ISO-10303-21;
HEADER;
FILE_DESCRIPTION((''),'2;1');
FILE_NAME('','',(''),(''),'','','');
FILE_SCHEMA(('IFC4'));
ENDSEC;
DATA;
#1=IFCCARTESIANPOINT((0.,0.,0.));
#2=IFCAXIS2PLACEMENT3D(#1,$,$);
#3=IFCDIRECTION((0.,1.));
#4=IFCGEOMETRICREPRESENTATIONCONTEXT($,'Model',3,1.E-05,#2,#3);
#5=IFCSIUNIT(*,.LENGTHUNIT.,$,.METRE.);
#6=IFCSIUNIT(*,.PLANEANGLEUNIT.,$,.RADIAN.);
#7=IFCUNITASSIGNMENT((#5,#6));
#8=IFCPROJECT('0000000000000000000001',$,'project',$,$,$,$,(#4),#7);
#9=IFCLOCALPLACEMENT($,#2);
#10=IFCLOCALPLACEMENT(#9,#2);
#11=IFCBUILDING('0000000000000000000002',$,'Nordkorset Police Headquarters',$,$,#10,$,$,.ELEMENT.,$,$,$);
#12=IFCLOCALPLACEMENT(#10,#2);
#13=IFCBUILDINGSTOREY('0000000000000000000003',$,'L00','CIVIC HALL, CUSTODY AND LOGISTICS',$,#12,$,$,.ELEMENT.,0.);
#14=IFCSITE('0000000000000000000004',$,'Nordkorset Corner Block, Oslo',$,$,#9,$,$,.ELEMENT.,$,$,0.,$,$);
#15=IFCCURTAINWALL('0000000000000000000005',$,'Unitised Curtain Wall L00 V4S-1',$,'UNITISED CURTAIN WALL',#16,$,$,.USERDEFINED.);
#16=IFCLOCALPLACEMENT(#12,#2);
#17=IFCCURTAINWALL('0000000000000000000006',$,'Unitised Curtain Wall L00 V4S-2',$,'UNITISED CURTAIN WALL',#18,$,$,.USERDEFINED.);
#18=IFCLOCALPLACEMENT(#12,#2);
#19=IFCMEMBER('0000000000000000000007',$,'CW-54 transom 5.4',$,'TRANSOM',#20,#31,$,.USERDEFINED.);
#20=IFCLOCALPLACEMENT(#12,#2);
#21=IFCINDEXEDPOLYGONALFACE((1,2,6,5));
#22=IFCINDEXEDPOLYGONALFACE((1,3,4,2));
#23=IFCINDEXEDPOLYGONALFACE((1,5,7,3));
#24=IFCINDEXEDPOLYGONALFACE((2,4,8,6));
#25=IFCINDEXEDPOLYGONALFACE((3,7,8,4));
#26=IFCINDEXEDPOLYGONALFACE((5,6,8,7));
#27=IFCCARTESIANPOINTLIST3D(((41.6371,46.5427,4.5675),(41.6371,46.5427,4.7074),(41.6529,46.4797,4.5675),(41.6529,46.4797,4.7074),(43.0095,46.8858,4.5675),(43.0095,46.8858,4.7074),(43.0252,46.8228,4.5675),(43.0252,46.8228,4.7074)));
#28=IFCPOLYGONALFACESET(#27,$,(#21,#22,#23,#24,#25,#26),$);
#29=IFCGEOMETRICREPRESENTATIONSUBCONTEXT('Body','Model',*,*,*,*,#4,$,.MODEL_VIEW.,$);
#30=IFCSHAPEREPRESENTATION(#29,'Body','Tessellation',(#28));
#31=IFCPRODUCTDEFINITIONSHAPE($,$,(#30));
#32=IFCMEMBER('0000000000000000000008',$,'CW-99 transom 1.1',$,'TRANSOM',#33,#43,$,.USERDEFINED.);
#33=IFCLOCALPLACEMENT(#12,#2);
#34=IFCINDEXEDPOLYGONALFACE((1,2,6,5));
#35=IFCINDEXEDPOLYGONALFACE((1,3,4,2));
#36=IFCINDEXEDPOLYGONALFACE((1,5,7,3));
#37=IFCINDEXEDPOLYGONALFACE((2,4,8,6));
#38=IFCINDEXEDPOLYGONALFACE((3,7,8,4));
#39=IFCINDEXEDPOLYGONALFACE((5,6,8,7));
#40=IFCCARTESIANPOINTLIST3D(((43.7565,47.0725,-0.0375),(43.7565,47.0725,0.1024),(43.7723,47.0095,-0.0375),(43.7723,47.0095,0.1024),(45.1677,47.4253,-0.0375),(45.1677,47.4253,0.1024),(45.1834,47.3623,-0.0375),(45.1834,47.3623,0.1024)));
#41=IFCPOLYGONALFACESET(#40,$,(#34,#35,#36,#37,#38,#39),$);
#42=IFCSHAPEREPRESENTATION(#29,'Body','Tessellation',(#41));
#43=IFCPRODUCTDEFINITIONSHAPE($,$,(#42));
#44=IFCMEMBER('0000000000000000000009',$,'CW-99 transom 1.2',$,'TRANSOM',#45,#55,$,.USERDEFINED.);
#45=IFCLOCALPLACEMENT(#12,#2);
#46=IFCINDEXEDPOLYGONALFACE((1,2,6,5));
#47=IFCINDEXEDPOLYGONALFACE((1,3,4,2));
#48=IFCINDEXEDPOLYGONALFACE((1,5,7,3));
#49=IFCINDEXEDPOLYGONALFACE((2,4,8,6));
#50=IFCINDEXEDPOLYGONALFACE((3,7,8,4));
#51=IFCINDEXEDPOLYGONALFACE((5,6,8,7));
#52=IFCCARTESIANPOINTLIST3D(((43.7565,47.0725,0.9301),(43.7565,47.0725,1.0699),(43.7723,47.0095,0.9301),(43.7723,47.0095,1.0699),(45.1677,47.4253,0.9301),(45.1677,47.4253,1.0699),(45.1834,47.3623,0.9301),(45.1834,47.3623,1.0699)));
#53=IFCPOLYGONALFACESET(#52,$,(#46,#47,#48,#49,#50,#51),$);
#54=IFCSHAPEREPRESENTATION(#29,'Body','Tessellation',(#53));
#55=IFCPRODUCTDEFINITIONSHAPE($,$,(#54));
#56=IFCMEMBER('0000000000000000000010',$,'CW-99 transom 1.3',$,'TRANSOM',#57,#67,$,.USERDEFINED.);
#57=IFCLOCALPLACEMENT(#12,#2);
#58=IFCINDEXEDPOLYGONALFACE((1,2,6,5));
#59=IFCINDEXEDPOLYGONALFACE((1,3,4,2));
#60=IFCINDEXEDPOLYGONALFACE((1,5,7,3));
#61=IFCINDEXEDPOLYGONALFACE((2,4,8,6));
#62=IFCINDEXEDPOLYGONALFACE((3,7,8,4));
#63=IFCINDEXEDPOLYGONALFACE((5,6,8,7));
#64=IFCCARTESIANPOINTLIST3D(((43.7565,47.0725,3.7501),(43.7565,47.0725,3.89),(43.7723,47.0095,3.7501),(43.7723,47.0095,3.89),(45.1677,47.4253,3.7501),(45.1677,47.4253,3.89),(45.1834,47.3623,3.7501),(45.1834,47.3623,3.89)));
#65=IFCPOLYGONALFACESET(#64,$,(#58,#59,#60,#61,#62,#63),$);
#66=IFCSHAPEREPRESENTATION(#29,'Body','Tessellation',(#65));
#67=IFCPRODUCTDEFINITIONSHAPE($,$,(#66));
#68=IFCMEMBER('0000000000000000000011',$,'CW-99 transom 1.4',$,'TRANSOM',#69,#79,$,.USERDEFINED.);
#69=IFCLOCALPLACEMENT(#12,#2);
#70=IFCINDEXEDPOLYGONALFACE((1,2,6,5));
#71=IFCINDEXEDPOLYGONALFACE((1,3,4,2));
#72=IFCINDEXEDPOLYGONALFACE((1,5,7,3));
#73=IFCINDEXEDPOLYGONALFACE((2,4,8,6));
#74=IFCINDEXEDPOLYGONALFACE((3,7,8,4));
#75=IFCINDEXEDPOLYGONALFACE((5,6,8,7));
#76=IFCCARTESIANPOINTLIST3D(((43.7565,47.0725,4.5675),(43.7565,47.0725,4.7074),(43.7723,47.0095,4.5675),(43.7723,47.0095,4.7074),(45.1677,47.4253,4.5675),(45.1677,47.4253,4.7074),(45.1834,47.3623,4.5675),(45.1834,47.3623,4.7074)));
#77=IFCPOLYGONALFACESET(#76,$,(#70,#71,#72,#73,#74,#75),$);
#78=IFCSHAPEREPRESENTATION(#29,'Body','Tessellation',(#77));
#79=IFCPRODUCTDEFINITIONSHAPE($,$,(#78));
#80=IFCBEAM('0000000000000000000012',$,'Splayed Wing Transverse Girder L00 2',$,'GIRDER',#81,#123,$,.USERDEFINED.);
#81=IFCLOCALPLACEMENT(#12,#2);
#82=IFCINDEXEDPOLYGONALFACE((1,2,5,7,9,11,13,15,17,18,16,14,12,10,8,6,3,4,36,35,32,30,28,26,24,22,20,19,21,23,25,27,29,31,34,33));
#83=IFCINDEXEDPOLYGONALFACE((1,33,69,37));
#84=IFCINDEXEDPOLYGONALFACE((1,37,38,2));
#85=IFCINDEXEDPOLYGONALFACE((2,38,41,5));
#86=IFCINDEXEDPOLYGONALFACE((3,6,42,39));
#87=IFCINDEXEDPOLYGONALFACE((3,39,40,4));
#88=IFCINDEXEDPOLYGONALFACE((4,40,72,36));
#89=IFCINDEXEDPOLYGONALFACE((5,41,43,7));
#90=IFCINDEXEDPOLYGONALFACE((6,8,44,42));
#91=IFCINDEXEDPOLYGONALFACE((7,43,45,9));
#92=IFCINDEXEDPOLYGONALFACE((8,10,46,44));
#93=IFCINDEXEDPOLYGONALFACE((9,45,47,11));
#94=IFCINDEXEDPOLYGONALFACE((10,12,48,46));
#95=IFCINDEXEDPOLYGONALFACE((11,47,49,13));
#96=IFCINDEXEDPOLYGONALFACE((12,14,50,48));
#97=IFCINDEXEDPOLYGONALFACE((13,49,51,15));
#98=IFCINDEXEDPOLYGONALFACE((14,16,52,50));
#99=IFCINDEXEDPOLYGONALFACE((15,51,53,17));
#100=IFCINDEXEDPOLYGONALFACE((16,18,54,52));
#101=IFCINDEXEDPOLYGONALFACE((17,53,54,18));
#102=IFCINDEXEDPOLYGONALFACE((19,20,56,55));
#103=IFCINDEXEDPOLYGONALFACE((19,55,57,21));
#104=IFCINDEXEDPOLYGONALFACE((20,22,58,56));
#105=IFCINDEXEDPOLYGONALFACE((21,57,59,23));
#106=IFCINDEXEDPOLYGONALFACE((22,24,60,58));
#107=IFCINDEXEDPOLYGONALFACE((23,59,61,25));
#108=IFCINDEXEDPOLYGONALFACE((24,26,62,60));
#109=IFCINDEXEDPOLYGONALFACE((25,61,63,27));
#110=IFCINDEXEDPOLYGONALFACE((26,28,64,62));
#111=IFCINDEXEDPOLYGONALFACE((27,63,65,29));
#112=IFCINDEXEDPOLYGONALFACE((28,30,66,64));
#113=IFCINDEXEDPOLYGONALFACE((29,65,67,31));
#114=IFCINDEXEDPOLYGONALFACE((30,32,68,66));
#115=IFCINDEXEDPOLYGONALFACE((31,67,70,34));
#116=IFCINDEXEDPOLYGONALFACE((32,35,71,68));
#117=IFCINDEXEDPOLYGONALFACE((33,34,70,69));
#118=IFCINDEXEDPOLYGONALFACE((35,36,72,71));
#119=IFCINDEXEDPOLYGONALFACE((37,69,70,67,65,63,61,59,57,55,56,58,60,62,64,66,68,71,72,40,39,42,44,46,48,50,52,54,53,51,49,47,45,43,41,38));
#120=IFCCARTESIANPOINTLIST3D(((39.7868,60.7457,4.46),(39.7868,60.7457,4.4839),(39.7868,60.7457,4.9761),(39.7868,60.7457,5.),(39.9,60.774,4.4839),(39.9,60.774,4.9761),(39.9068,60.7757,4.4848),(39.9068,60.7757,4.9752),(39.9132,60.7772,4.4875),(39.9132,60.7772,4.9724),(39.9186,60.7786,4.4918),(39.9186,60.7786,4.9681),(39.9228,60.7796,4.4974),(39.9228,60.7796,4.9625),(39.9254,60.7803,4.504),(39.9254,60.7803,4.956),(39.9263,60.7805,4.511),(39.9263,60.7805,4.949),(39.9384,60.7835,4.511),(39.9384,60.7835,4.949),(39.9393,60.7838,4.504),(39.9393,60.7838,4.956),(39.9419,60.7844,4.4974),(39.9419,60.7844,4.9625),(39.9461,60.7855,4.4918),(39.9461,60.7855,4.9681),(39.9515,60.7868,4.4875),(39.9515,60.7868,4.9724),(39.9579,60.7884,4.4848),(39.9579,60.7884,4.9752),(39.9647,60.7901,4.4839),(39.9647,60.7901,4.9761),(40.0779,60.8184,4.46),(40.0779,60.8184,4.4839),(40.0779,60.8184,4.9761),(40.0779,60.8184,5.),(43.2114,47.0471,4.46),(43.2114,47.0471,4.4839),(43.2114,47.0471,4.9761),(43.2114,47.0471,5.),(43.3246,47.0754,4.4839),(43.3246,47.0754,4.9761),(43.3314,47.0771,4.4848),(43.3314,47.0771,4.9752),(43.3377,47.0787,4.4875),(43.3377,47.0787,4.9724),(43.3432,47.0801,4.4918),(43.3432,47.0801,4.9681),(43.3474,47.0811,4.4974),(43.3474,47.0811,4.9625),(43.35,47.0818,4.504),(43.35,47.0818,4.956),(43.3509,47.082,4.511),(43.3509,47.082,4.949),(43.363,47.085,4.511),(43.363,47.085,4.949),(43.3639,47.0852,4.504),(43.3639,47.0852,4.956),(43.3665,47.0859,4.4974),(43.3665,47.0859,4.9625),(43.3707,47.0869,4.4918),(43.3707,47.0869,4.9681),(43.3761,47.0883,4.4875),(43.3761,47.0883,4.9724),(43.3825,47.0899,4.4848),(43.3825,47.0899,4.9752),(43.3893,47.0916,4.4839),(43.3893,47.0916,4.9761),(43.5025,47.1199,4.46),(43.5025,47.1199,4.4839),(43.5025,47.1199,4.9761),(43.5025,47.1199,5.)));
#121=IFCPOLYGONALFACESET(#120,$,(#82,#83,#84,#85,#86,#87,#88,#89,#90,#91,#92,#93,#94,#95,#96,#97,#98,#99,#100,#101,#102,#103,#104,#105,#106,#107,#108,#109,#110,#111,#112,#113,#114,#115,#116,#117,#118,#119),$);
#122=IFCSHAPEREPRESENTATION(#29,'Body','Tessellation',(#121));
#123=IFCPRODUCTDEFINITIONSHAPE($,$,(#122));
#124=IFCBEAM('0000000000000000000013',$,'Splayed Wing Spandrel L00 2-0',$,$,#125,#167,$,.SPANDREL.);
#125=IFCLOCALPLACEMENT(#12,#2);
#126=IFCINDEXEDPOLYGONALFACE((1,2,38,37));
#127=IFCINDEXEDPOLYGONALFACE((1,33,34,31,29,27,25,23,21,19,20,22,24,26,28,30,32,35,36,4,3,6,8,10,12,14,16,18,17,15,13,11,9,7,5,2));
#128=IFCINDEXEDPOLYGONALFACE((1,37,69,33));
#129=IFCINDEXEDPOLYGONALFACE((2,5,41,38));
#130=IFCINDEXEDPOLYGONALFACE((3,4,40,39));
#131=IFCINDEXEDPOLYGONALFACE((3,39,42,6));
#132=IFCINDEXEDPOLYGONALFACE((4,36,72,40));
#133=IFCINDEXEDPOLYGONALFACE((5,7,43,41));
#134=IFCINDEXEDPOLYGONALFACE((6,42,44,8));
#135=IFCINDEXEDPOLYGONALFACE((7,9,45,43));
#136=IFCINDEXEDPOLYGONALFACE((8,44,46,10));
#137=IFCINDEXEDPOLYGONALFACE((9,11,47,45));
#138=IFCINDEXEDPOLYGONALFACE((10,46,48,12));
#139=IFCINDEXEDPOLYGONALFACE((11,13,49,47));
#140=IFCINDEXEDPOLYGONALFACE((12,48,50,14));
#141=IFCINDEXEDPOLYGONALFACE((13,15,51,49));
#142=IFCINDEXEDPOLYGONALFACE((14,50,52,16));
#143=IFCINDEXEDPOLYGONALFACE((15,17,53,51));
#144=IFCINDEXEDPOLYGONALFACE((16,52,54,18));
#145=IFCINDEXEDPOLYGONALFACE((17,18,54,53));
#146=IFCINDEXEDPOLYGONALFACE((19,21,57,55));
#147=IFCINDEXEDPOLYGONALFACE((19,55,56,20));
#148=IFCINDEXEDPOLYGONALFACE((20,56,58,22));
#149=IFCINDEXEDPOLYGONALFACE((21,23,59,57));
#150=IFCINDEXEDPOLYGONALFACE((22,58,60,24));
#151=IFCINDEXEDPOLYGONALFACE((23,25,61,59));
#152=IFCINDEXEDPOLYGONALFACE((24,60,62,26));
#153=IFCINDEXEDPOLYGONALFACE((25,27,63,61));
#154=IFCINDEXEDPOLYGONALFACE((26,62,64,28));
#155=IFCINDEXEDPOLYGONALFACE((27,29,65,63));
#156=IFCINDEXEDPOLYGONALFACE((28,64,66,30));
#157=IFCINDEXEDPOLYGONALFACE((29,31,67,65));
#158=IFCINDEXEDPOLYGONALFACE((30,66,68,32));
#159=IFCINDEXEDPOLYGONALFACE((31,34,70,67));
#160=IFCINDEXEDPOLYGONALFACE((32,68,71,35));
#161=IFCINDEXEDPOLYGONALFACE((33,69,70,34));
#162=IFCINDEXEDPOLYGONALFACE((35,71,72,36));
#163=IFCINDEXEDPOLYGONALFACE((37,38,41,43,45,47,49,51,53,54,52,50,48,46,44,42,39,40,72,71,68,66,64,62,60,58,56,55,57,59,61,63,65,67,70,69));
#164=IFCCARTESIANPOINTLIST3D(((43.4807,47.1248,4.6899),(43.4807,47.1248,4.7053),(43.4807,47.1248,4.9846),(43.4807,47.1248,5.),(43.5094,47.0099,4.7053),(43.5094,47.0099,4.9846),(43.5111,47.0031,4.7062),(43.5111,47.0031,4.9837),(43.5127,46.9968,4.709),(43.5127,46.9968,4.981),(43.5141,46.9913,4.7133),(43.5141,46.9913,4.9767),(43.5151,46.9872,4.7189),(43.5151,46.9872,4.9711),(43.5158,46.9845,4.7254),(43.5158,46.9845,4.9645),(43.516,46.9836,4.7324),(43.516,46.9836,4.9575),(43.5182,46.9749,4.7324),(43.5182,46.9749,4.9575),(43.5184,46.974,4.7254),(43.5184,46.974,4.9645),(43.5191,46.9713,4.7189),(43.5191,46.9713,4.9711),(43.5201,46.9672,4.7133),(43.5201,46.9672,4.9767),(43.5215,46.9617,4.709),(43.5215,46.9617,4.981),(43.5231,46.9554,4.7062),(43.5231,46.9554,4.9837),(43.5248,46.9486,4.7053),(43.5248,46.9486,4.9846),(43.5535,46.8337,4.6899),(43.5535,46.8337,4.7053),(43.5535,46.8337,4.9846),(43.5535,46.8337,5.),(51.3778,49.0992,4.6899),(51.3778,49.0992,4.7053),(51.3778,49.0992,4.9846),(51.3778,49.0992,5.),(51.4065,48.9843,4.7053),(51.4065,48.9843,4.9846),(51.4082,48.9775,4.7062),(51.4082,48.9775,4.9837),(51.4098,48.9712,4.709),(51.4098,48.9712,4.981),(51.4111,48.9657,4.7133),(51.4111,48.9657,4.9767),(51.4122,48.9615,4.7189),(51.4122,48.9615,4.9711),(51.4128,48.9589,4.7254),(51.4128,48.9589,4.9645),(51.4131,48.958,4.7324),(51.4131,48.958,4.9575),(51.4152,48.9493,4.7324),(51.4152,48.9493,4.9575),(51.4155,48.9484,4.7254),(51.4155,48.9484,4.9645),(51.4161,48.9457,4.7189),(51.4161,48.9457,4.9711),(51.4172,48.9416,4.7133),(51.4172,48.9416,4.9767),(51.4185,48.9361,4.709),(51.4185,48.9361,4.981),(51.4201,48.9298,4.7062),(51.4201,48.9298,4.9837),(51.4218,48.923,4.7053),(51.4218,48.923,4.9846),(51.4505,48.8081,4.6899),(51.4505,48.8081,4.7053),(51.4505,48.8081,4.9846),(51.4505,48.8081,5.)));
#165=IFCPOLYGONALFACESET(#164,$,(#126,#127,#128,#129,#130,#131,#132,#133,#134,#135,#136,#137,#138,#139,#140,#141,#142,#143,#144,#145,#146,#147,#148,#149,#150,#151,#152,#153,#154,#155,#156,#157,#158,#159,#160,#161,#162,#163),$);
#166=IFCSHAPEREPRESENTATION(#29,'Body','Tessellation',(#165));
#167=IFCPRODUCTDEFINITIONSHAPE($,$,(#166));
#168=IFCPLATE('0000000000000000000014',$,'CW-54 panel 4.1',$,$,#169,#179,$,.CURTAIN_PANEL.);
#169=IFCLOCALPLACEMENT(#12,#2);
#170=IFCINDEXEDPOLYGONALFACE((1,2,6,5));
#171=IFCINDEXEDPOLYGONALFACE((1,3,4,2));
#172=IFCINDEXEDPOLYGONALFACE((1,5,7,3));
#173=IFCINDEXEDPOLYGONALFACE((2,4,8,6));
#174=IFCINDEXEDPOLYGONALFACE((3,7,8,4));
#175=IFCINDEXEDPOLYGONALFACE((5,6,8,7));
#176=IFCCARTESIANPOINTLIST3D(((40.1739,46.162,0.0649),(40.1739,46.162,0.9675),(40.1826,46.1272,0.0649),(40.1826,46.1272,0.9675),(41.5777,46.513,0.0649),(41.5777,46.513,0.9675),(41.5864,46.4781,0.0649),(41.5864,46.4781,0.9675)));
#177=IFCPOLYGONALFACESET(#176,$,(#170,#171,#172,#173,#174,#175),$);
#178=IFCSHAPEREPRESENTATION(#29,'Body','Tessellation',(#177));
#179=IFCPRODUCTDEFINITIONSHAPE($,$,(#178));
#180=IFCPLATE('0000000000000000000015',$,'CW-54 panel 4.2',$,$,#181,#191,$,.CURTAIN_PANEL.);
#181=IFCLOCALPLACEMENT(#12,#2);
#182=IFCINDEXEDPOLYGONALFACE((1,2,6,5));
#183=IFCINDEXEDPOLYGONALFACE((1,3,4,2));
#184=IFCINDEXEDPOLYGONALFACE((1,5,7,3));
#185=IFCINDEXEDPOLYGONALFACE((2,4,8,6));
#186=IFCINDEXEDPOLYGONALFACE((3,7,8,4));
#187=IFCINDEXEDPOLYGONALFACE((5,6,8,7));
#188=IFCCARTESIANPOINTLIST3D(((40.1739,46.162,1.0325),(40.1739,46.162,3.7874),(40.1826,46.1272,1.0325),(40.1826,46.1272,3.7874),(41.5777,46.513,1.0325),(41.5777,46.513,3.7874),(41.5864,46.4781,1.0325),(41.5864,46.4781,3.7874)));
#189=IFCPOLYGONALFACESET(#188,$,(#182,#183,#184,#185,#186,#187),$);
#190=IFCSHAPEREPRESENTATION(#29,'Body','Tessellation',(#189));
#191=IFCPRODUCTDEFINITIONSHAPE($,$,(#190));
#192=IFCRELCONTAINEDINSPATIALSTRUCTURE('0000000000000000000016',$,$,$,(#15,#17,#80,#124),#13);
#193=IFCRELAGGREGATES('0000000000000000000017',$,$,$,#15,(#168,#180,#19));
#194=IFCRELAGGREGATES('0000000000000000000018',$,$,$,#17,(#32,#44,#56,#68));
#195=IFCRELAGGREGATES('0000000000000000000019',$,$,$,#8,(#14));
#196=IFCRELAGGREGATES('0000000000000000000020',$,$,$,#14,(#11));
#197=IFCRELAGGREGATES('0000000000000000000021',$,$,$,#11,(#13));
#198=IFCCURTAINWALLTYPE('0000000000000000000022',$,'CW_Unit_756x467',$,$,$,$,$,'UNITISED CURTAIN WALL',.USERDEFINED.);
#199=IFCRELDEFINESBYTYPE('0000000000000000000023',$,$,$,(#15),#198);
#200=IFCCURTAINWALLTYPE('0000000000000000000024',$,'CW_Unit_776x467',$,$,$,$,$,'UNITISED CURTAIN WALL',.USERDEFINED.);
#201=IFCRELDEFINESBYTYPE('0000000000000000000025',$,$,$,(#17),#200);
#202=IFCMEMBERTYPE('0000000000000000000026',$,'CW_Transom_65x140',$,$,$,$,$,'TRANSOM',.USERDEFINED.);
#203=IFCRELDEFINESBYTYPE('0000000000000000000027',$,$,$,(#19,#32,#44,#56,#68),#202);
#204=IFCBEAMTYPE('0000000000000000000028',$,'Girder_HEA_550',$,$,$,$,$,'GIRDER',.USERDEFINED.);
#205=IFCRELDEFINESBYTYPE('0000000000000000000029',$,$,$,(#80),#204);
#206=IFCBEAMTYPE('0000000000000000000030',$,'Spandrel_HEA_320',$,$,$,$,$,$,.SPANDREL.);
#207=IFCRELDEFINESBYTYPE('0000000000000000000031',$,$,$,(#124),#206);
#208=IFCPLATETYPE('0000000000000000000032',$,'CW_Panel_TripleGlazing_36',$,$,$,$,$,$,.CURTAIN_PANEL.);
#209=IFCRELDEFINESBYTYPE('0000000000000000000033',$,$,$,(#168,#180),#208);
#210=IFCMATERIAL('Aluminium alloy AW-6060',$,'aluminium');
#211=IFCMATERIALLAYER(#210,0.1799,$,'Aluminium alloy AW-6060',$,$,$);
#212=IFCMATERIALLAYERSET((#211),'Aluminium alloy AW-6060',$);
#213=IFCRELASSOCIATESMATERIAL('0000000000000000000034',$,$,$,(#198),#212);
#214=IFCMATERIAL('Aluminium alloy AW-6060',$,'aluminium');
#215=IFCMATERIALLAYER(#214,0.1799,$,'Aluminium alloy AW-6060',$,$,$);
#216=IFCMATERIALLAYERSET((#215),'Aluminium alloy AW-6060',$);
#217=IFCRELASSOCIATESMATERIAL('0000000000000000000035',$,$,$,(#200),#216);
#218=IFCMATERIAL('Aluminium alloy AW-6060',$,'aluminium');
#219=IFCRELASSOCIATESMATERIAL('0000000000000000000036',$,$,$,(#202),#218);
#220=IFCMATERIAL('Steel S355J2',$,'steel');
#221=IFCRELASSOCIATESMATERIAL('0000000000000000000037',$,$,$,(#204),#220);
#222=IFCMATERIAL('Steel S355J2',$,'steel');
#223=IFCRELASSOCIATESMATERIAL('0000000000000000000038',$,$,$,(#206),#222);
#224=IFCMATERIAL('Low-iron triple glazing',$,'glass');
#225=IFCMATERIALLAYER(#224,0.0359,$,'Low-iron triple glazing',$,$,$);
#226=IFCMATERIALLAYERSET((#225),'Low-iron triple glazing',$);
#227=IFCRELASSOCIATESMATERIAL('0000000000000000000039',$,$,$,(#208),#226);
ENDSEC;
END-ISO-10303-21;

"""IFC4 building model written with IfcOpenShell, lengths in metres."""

from ifc_helpers import new_model, si_unit, direction, frame, origin, origin_2d, place, context, subcontext, project, spatial, rectangle, i_section, extrude, material, layer, layer_set, material_profile, profile_set, type_object, element, aggregate, save


model = new_model("IFC4")

# Units and contexts
model_context = context("Model", 3, precision=1e-05, world=origin(), true_north=direction((0.0, 1.0)))
body_context = subcontext(model_context, "Body", "Model", "MODEL_VIEW")
ifc_project = project(units=[si_unit("LENGTHUNIT", "METRE"), si_unit("PLANEANGLEUNIT", "RADIAN")], contexts=[model_context])

# Site, building, storey
site_placement = place(None, origin())
site = spatial("IfcSite", under=ifc_project, at=site_placement, Name="Nordkorset Corner Block, Oslo", CompositionType="ELEMENT", RefElevation=0.0)
building_placement = place(site_placement, origin())
building = spatial("IfcBuilding", under=site, at=building_placement, Name="Nordkorset Police Headquarters", CompositionType="ELEMENT")
storey_placement = place(building_placement, origin())
storey = spatial("IfcBuildingStorey", under=building, at=storey_placement, Name="L00", Description="CIVIC HALL, CUSTODY AND LOGISTICS", CompositionType="ELEMENT", Elevation=0.0)

# Curtain wall
ifc_material_1 = material(Name="Aluminium alloy AW-6060", Category="aluminium")
ifc_layer_1 = layer(ifc_material_1, 0.1799, Name="Aluminium alloy AW-6060")
ifc_layer_set_1 = layer_set([ifc_layer_1], Name="Aluminium alloy AW-6060")
curtain_wall_type_1 = type_object("IfcCurtainWallType", Name="CW_Unit_756x467", ElementType="UNITISED CURTAIN WALL", PredefinedType="USERDEFINED", material=ifc_layer_set_1)
curtain_wall_1_placement = place(storey_placement, origin())
curtain_wall_1 = element("IfcCurtainWall", 1, at=curtain_wall_1_placement, inside=storey, type_object=curtain_wall_type_1, Name="Unitised Curtain Wall L00 V4S-1", ObjectType="UNITISED CURTAIN WALL", PredefinedType="USERDEFINED")

# Curtain wall
ifc_material_2 = material(Name="Aluminium alloy AW-6060", Category="aluminium")
ifc_layer_2 = layer(ifc_material_2, 0.1799, Name="Aluminium alloy AW-6060")
ifc_layer_set_2 = layer_set([ifc_layer_2], Name="Aluminium alloy AW-6060")
curtain_wall_type_2 = type_object("IfcCurtainWallType", Name="CW_Unit_776x467", ElementType="UNITISED CURTAIN WALL", PredefinedType="USERDEFINED", material=ifc_layer_set_2)
curtain_wall_2_placement = place(storey_placement, origin())
curtain_wall_2 = element("IfcCurtainWall", 2, at=curtain_wall_2_placement, inside=storey, type_object=curtain_wall_type_2, Name="Unitised Curtain Wall L00 V4S-2", ObjectType="UNITISED CURTAIN WALL", PredefinedType="USERDEFINED")

# Members
ifc_material_3 = material(Name="Aluminium alloy AW-6060", Category="aluminium")
ifc_material_profile_1 = material_profile(ifc_material_3, rectangle(XDim=0.0649, YDim=0.1399, at=origin_2d()), Name="ALU TRAN 65x140")
ifc_profile_set_1 = profile_set([ifc_material_profile_1], Name="Aluminium alloy AW-6060")
member_type_1 = type_object("IfcMemberType", Name="CW_Transom_65x140", ElementType="TRANSOM", PredefinedType="USERDEFINED", material=ifc_profile_set_1)
member_1_placement = place(storey_placement, frame((41.645, 46.5112, 4.6375), z_axis=(0.970153, 0.242495, 0.0), x_axis=(-0.242495, 0.970153, 0.0)))
member_1 = element("IfcMember", 3, at=member_1_placement, type_object=member_type_1, Name="CW-54 transom 5.4", ObjectType="TRANSOM", PredefinedType="USERDEFINED", context=body_context, shape_type="SweptSolid", body=[
    extrude(rectangle(XDim=0.0649, YDim=0.1399, at=origin_2d()), origin(), (0.0, 0.0, 1.0), 1.4146),
])
member_2_placement = place(storey_placement, frame((43.7644, 47.041, 0.0325), z_axis=(0.970143, 0.242536, 0.0), x_axis=(-0.242536, 0.970143, 0.0)))
member_2 = element("IfcMember", 4, at=member_2_placement, type_object=member_type_1, Name="CW-99 transom 1.1", ObjectType="TRANSOM", PredefinedType="USERDEFINED", context=body_context, shape_type="SweptSolid", body=[
    extrude(rectangle(XDim=0.0649, YDim=0.1399, at=origin_2d()), origin(), (0.0, 0.0, 1.0), 1.4546),
])
member_3_placement = place(storey_placement, frame((43.7644, 47.041, 1.0), z_axis=(0.970143, 0.242536, 0.0), x_axis=(-0.242536, 0.970143, 0.0)))
member_3 = element("IfcMember", 5, at=member_3_placement, type_object=member_type_1, Name="CW-99 transom 1.2", ObjectType="TRANSOM", PredefinedType="USERDEFINED", context=body_context, shape_type="SweptSolid", body=[
    extrude(rectangle(XDim=0.0649, YDim=0.1399, at=origin_2d()), origin(), (0.0, 0.0, 1.0), 1.4546),
])
member_4_placement = place(storey_placement, frame((43.7644, 47.041, 3.8201), z_axis=(0.970143, 0.242536, 0.0), x_axis=(-0.242536, 0.970143, 0.0)))
member_4 = element("IfcMember", 6, at=member_4_placement, type_object=member_type_1, Name="CW-99 transom 1.3", ObjectType="TRANSOM", PredefinedType="USERDEFINED", context=body_context, shape_type="SweptSolid", body=[
    extrude(rectangle(XDim=0.0649, YDim=0.1399, at=origin_2d()), origin(), (0.0, 0.0, 1.0), 1.4546),
])
member_5_placement = place(storey_placement, frame((43.7644, 47.041, 4.6375), z_axis=(0.970143, 0.242536, 0.0), x_axis=(-0.242536, 0.970143, 0.0)))
member_5 = element("IfcMember", 7, at=member_5_placement, type_object=member_type_1, Name="CW-99 transom 1.4", ObjectType="TRANSOM", PredefinedType="USERDEFINED", context=body_context, shape_type="SweptSolid", body=[
    extrude(rectangle(XDim=0.0649, YDim=0.1399, at=origin_2d()), origin(), (0.0, 0.0, 1.0), 1.4546),
])

# Beams
ifc_material_4 = material(Name="Steel S355J2", Category="steel")
ifc_material_profile_2 = material_profile(ifc_material_4, i_section(OverallWidth=0.3, OverallDepth=0.54, WebThickness=0.0125, FlangeThickness=0.0239, FilletRadius=0.0271, at=origin_2d()), Name="HEA 550")
ifc_profile_set_2 = profile_set([ifc_material_profile_2], Name="Steel S355J2")
beam_type_1 = type_object("IfcBeamType", Name="Girder_HEA_550", ElementType="GIRDER", PredefinedType="USERDEFINED", material=ifc_profile_set_2)
beam_1_placement = place(storey_placement, frame((43.3569, 47.0835, 4.73), z_axis=(-0.242532, 0.970144, 0.0), x_axis=(-0.970144, -0.242532, 0.0)))
element("IfcBeam", 8, at=beam_1_placement, inside=storey, type_object=beam_type_1, Name="Splayed Wing Transverse Girder L00 2", ObjectType="GIRDER", PredefinedType="USERDEFINED", context=body_context, shape_type="SweptSolid", body=[
    extrude(i_section(OverallWidth=0.3, OverallDepth=0.54, WebThickness=0.0125, FlangeThickness=0.0239, FilletRadius=0.0271, at=origin_2d()), origin(), (0.0, 0.0, 1.0), 14.1201),
])
ifc_material_5 = material(Name="Steel S355J2", Category="steel")
ifc_material_profile_3 = material_profile(ifc_material_5, i_section(OverallWidth=0.3, OverallDepth=0.3101, WebThickness=0.009, FlangeThickness=0.0154, FilletRadius=0.0271, at=origin_2d()), Name="HEA 320")
ifc_profile_set_3 = profile_set([ifc_material_profile_3], Name="Steel S355J2")
beam_type_2 = type_object("IfcBeamType", Name="Spandrel_HEA_320", PredefinedType="SPANDREL", material=ifc_profile_set_3)
beam_2_placement = place(storey_placement, frame((43.5171, 46.9792, 4.845), z_axis=(0.970139, 0.24255, 0.0), x_axis=(-0.24255, 0.970139, 0.0)))
element("IfcBeam", 9, at=beam_2_placement, inside=storey, type_object=beam_type_2, Name="Splayed Wing Spandrel L00 2-0", PredefinedType="SPANDREL", context=body_context, shape_type="SweptSolid", body=[
    extrude(i_section(OverallWidth=0.3, OverallDepth=0.3101, WebThickness=0.009, FlangeThickness=0.0154, FilletRadius=0.0271, at=origin_2d()), origin(), (0.0, 0.0, 1.0), 8.1401),
])

# Plates
ifc_material_6 = material(Name="Low-iron triple glazing", Category="glass")
ifc_layer_3 = layer(ifc_material_6, 0.0359, Name="Low-iron triple glazing")
ifc_layer_set_3 = layer_set([ifc_layer_3], Name="Low-iron triple glazing")
plate_type = type_object("IfcPlateType", Name="CW_Panel_TripleGlazing_36", PredefinedType="CURTAIN_PANEL", material=ifc_layer_set_3)
plate_1_placement = place(storey_placement, frame((40.8801, 46.3201, 0.0649), z_axis=(0.0, 0.0, 1.0), x_axis=(0.970143, 0.242536, 0.0)))
plate_1 = element("IfcPlate", 10, at=plate_1_placement, type_object=plate_type, Name="CW-54 panel 4.1", PredefinedType="CURTAIN_PANEL", context=body_context, shape_type="SweptSolid", body=[
    extrude(rectangle(XDim=1.447, YDim=0.0359, at=origin_2d()), origin(), (0.0, 0.0, 1.0), 0.9026),
])
plate_2_placement = place(storey_placement, frame((40.8801, 46.3201, 1.0325), z_axis=(0.0, 0.0, 1.0), x_axis=(0.970143, 0.242536, 0.0)))
plate_2 = element("IfcPlate", 11, at=plate_2_placement, type_object=plate_type, Name="CW-54 panel 4.2", PredefinedType="CURTAIN_PANEL", context=body_context, shape_type="SweptSolid", body=[
    extrude(rectangle(XDim=1.447, YDim=0.0359, at=origin_2d()), origin(), (0.0, 0.0, 1.0), 2.7549),
])
aggregate(curtain_wall_1, [plate_1, plate_2, member_1])
aggregate(curtain_wall_2, [member_2, member_3, member_4, member_5])

save(model, "model.ifc")
